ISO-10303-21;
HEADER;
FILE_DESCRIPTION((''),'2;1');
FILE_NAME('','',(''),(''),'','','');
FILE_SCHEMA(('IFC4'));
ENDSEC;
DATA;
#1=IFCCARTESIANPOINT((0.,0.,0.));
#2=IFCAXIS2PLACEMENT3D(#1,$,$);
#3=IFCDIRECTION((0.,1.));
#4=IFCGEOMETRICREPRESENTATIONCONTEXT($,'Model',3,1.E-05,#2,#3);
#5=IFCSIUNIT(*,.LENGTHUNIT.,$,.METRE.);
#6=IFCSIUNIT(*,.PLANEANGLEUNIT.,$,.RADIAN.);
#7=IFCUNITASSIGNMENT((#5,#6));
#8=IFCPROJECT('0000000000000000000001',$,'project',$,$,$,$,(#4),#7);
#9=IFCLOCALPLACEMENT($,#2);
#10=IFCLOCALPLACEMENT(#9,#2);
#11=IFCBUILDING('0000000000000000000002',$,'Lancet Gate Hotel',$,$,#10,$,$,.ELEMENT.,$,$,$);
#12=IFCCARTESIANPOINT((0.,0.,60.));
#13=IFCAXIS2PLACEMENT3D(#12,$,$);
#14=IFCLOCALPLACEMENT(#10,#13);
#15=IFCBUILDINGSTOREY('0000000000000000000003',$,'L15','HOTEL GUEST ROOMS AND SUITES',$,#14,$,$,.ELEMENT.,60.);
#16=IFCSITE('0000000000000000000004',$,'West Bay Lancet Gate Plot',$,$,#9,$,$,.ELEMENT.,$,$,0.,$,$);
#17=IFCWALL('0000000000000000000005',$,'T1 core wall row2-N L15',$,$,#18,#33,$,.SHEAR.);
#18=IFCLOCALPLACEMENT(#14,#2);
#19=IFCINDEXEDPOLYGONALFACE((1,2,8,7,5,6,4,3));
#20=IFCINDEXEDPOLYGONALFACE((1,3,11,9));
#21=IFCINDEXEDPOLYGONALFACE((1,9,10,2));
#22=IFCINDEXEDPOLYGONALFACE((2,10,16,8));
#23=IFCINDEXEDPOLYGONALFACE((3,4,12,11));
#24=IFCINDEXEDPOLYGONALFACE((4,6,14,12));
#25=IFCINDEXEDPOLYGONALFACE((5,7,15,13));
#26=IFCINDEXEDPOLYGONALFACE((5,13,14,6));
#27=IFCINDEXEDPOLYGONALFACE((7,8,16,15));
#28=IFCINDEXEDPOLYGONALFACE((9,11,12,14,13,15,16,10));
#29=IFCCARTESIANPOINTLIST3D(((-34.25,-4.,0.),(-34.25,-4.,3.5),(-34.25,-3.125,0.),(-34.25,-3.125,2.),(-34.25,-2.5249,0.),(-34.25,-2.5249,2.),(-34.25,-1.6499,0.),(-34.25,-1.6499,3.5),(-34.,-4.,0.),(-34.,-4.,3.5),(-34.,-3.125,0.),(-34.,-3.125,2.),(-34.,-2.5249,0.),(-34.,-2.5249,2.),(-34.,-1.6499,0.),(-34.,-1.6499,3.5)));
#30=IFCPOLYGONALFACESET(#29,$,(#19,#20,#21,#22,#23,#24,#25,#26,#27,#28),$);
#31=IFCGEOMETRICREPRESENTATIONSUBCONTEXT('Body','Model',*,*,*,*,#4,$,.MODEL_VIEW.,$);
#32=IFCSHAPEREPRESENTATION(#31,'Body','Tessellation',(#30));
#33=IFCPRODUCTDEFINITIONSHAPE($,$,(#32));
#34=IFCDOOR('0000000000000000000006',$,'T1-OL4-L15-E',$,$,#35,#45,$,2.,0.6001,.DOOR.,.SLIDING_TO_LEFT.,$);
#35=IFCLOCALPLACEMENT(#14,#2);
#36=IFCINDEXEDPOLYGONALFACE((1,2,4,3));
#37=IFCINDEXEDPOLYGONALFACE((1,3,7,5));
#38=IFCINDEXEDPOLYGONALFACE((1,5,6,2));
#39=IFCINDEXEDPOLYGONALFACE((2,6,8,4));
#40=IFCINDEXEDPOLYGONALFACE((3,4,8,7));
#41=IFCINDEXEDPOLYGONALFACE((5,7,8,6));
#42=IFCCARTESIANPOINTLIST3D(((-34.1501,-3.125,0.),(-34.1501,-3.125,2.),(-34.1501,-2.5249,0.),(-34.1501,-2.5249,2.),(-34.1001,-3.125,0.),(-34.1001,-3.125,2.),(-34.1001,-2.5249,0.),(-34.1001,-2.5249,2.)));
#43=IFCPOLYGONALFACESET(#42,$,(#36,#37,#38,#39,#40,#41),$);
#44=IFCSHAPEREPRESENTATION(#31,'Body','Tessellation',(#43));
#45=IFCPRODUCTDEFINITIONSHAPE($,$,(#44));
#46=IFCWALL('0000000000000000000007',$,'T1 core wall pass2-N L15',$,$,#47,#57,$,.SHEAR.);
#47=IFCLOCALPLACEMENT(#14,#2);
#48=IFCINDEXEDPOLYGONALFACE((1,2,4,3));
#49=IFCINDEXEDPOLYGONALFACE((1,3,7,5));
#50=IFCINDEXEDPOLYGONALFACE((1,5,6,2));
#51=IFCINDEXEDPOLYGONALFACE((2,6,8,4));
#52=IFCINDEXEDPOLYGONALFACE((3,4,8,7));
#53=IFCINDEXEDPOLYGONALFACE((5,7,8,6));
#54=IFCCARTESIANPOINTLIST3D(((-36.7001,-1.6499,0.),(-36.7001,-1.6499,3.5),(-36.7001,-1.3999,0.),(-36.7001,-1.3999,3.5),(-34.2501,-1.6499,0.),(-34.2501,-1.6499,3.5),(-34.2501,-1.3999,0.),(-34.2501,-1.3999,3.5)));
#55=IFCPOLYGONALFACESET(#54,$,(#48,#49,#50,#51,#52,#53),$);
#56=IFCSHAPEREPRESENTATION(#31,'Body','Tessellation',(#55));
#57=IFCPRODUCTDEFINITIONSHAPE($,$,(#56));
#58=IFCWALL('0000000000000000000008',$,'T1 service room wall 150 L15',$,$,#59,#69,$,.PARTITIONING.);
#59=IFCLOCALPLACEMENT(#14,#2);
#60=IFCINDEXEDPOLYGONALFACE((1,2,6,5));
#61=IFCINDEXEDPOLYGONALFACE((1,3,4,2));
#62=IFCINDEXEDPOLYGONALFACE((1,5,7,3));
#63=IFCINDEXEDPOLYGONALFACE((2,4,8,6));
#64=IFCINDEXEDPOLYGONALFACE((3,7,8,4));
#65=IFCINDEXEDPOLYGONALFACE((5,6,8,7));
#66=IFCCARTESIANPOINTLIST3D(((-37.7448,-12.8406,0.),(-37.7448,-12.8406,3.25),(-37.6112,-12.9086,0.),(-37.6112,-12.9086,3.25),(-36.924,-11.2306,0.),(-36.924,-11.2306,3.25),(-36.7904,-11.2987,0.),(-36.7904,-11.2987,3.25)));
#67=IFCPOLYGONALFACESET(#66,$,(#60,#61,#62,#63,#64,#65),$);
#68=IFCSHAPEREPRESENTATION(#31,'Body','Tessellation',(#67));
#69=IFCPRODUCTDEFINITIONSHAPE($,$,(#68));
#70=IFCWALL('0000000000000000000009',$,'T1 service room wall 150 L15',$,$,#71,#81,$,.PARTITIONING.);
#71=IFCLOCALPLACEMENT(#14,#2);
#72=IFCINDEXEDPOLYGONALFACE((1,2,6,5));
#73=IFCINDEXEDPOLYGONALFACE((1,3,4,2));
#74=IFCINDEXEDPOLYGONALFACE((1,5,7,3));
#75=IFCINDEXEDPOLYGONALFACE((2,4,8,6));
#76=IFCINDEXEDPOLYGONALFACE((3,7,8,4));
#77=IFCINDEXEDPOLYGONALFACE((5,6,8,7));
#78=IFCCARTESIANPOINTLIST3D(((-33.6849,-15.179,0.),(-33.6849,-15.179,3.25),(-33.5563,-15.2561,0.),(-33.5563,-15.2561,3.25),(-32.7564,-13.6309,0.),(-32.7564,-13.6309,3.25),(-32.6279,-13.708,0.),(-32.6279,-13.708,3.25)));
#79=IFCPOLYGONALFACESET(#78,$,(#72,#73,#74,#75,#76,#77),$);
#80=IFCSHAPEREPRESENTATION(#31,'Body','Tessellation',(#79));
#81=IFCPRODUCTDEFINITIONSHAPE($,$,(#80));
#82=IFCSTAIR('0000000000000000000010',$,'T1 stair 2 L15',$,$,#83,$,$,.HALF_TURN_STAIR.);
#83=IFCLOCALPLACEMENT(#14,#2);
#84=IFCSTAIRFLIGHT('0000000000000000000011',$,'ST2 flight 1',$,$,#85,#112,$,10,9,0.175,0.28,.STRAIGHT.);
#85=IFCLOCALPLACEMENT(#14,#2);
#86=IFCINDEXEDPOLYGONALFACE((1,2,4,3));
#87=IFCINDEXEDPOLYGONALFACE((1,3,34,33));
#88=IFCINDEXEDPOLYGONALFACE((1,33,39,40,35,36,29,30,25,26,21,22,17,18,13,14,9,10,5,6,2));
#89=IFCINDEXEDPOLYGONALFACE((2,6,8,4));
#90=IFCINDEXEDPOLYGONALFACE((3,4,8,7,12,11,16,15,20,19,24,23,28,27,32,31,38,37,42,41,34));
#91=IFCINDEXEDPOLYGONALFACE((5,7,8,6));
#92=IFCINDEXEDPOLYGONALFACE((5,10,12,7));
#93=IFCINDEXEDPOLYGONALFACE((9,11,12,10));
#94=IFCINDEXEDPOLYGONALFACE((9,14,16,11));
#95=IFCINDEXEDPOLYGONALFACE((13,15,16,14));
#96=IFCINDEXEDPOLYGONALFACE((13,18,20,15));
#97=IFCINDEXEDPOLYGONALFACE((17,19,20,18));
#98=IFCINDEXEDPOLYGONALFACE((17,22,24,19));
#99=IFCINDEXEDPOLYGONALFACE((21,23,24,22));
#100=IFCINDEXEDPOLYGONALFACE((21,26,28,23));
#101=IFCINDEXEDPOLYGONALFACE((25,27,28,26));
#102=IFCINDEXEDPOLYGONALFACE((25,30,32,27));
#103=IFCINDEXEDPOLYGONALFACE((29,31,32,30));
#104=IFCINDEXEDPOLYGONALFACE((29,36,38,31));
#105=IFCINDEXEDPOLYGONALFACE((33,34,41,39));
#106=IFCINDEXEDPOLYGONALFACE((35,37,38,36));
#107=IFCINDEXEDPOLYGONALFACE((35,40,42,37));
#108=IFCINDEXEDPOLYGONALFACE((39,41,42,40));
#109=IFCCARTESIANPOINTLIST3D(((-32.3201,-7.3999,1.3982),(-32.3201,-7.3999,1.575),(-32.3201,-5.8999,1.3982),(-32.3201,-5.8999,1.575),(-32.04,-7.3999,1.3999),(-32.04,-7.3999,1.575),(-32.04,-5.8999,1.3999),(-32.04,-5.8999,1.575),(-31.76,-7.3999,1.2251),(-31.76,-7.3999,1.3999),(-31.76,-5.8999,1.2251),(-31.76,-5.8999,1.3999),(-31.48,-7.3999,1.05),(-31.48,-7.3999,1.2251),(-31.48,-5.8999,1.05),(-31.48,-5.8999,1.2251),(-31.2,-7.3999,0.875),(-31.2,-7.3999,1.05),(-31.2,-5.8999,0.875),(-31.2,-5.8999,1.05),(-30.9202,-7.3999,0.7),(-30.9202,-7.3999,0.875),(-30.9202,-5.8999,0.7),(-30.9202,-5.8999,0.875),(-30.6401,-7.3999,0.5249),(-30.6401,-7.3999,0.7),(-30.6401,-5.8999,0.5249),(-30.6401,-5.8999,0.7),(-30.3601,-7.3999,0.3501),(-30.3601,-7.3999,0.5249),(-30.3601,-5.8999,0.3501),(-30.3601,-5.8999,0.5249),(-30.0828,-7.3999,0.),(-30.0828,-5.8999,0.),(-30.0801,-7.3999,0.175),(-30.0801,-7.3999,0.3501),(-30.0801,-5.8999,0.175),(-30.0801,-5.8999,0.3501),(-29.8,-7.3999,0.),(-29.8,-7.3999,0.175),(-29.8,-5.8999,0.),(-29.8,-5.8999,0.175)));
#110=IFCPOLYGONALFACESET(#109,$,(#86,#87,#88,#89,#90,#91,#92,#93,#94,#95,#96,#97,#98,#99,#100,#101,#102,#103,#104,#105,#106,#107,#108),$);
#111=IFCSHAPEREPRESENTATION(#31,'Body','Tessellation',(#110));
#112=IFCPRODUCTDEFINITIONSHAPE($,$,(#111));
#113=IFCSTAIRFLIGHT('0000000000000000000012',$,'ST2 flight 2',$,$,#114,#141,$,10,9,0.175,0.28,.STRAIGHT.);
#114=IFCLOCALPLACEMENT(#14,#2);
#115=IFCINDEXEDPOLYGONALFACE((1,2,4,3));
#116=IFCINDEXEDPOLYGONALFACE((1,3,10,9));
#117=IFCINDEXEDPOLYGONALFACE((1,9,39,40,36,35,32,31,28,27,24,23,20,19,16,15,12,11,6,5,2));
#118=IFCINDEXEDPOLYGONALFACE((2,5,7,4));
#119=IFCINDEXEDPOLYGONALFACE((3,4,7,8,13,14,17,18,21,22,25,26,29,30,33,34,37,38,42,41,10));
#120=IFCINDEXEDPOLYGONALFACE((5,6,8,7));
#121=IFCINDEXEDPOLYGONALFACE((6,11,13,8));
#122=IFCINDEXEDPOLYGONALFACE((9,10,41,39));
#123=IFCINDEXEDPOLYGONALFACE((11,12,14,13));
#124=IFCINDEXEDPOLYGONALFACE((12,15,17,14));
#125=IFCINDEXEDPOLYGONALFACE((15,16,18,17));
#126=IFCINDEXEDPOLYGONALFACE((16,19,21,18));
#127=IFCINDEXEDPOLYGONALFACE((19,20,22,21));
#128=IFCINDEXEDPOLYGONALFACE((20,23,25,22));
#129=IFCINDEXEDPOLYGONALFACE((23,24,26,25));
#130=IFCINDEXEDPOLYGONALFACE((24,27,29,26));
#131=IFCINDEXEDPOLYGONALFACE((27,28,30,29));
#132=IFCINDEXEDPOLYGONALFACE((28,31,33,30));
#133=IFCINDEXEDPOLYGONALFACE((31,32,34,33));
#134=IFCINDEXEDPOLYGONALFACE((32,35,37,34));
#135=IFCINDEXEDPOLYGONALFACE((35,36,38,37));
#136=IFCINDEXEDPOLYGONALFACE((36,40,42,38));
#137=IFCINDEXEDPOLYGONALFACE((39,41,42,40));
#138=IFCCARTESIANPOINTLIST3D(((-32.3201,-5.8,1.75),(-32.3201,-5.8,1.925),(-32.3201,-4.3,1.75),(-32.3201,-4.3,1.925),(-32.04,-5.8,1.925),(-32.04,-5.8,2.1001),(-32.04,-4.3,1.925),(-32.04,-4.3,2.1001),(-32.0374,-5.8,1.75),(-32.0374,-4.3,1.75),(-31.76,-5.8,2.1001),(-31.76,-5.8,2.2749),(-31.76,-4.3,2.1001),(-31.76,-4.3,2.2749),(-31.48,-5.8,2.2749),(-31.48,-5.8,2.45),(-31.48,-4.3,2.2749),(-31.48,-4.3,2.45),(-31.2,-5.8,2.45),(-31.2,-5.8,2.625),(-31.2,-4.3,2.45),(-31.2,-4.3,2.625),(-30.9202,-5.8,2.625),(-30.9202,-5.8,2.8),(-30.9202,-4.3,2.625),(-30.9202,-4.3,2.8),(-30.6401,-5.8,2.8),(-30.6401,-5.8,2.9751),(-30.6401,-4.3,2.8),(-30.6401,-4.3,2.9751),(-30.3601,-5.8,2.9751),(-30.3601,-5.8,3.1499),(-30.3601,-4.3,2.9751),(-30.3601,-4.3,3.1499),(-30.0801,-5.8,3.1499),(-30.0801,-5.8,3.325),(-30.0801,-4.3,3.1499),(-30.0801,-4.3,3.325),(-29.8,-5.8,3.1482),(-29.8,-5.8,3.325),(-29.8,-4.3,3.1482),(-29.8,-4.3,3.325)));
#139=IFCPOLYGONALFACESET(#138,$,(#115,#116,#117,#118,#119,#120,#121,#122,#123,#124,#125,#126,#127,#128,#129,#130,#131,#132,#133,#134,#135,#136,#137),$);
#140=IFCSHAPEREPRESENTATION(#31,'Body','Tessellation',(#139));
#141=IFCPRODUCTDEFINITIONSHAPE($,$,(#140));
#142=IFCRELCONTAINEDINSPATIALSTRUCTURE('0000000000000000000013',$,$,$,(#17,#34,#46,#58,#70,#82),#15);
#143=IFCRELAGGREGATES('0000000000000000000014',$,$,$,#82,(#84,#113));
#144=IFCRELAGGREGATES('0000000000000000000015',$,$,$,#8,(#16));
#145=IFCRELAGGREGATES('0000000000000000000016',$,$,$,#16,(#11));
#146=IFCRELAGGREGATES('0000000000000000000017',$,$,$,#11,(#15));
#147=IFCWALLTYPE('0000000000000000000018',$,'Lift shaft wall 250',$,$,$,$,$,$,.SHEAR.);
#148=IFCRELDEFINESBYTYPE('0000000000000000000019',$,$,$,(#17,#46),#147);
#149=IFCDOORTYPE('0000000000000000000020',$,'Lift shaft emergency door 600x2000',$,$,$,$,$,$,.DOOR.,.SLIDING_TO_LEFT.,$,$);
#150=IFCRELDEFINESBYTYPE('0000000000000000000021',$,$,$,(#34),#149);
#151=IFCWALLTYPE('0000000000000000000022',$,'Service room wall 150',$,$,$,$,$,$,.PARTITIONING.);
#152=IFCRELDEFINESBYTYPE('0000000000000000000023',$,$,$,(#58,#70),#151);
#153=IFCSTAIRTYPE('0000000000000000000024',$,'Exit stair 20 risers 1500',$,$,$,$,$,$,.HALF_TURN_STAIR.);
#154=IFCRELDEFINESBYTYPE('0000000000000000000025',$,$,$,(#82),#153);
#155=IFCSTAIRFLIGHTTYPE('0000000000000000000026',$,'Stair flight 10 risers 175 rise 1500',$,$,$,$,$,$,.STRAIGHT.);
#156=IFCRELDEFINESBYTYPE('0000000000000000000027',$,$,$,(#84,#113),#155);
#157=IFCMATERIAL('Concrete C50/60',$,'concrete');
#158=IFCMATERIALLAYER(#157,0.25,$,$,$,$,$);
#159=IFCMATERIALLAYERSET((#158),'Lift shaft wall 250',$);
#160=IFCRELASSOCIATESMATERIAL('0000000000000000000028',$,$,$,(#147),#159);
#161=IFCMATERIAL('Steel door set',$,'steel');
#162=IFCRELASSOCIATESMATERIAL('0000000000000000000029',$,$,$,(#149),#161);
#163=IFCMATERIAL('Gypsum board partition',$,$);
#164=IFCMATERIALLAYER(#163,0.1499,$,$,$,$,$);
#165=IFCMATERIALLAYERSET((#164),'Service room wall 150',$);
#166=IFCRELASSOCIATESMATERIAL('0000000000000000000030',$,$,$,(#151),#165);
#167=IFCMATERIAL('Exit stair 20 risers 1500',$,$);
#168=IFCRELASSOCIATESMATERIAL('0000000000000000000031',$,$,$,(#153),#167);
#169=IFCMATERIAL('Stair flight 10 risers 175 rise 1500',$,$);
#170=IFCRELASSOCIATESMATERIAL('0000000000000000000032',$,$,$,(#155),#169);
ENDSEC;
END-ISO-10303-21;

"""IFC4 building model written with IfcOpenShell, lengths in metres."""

from ifc_helpers import new_model, si_unit, direction, frame, frame_2d, origin, place, context, subcontext, project, spatial, polyline, rectangle, outline, extrude, material, layer, layer_set, type_object, element, fill, aggregate, save


model = new_model("IFC4")

# Units and contexts
model_context = context("Model", 3, precision=1e-05, world=origin(), true_north=direction((0.0, 1.0)))
body_context = subcontext(model_context, "Body", "Model", "MODEL_VIEW")
ifc_project = project(units=[si_unit("LENGTHUNIT", "METRE"), si_unit("PLANEANGLEUNIT", "RADIAN")], contexts=[model_context])

# Site, building, storey
site_placement = place(None, origin())
site = spatial("IfcSite", under=ifc_project, at=site_placement, Name="West Bay Lancet Gate Plot", CompositionType="ELEMENT", RefElevation=0.0)
building_placement = place(site_placement, origin())
building = spatial("IfcBuilding", under=site, at=building_placement, Name="Lancet Gate Hotel", CompositionType="ELEMENT")
storey_placement = place(building_placement, frame((0.0, 0.0, 60.0)))
storey = spatial("IfcBuildingStorey", under=building, at=storey_placement, Name="L15", Description="HOTEL GUEST ROOMS AND SUITES", CompositionType="ELEMENT", Elevation=60.0)

# Wall, opening, door
ifc_material_1 = material(Name="Concrete C50/60", Category="concrete")
ifc_layer_1 = layer(ifc_material_1, 0.25)
ifc_layer_set_1 = layer_set([ifc_layer_1], Name="Lift shaft wall 250")
wall_type_1 = type_object("IfcWallType", Name="Lift shaft wall 250", PredefinedType="SHEAR", material=ifc_layer_set_1)
wall_1_placement = place(storey_placement, frame((-34.125, -1.6499, 0.0), z_axis=(0.0, 0.0, 1.0), x_axis=(0.0, -1.0, 0.0)))
wall_1 = element("IfcWall", 1, at=wall_1_placement, inside=storey, type_object=wall_type_1, Name="T1 core wall row2-N L15", PredefinedType="SHEAR", context=body_context, shape_type="SweptSolid", body=[
    extrude(rectangle(XDim=2.3501, YDim=0.25, at=frame_2d((1.175, 0.0))), origin(), (0.0, 0.0, 1.0), 3.5),
])
opening_1_placement = place(wall_1_placement, frame((0.875, 0.0, 0.0)))
opening_1 = element("IfcOpeningElement", 2, at=opening_1_placement, cuts=wall_1, PredefinedType="OPENING", context=body_context, shape_type="SweptSolid", body=[
    extrude(rectangle(XDim=0.6001, YDim=2.0, at=frame_2d((0.3, 1.0))), frame((0.0, 0.135, 0.0), z_axis=(0.0, -1.0, 0.0), x_axis=(1.0, 0.0, 0.0)), (0.0, 0.0, 1.0), 0.27),
])
ifc_material_2 = material(Name="Steel door set", Category="steel")
door_type_1 = type_object("IfcDoorType", Name="Lift shaft emergency door 600x2000", OperationType="SLIDING_TO_LEFT", PredefinedType="DOOR", material=ifc_material_2)
door_1_placement = place(opening_1_placement, origin())
door_1 = element("IfcDoor", 3, at=door_1_placement, inside=storey, type_object=door_type_1, Name="T1-OL4-L15-E", OperationType="SLIDING_TO_LEFT", OverallHeight=2.0, OverallWidth=0.6001, PredefinedType="DOOR", context=body_context, shape_type="SweptSolid", body=[
    extrude(rectangle(XDim=0.6001, YDim=2.0, at=frame_2d((0.3, 1.0))), frame((0.0, 0.0249, 0.0), z_axis=(0.0, -1.0, 0.0), x_axis=(1.0, 0.0, 0.0)), (0.0, 0.0, 1.0), 0.05),
])
fill(opening_1, door_1)

# Walls
wall_2_placement = place(storey_placement, frame((-34.25, -1.5249, 0.0), z_axis=(0.0, 0.0, 1.0), x_axis=(-1.0, 0.0, 0.0)))
element("IfcWall", 4, at=wall_2_placement, inside=storey, type_object=wall_type_1, Name="T1 core wall pass2-N L15", PredefinedType="SHEAR", context=body_context, shape_type="SweptSolid", body=[
    extrude(rectangle(XDim=2.45, YDim=0.25, at=frame_2d((1.2251, 0.0))), origin(), (0.0, 0.0, 1.0), 3.5),
])
ifc_material_3 = material(Name="Gypsum board partition")
ifc_layer_2 = layer(ifc_material_3, 0.1499)
ifc_layer_set_2 = layer_set([ifc_layer_2], Name="Service room wall 150")
wall_type_2 = type_object("IfcWallType", Name="Service room wall 150", PredefinedType="PARTITIONING", material=ifc_layer_set_2)
wall_3_placement = place(storey_placement, frame((-36.8572, -11.2646, 0.0), z_axis=(0.0, 0.0, 1.0), x_axis=(-0.454225, -0.890887, 0.0)))
element("IfcWall", 5, at=wall_3_placement, inside=storey, type_object=wall_type_2, Name="T1 service room wall 150 L15", PredefinedType="PARTITIONING", context=body_context, shape_type="SweptSolid", body=[
    extrude(rectangle(XDim=1.8071, YDim=0.1499, at=frame_2d((0.9036, 0.0))), origin(), (0.0, 0.0, 1.0), 3.25),
])
wall_4_placement = place(storey_placement, frame((-33.6206, -15.2175, 0.0), z_axis=(0.0, 0.0, 1.0), x_axis=(0.514337, 0.857588, 0.0)))
element("IfcWall", 6, at=wall_4_placement, inside=storey, type_object=wall_type_2, Name="T1 service room wall 150 L15", PredefinedType="PARTITIONING", context=body_context, shape_type="SweptSolid", body=[
    extrude(rectangle(XDim=1.8052, YDim=0.1499, at=frame_2d((0.9026, 0.0))), origin(), (0.0, 0.0, 1.0), 3.25),
])

# Stair, stair flights
ifc_material_4 = material(Name="Exit stair 20 risers 1500")
stair_type = type_object("IfcStairType", Name="Exit stair 20 risers 1500", PredefinedType="HALF_TURN_STAIR", material=ifc_material_4)
stair_placement = place(storey_placement, origin())
stair = element("IfcStair", 7, at=stair_placement, inside=storey, type_object=stair_type, Name="T1 stair 2 L15", PredefinedType="HALF_TURN_STAIR")
ifc_material_5 = material(Name="Stair flight 10 risers 175 rise 1500")
stair_flight_type = type_object("IfcStairFlightType", Name="Stair flight 10 risers 175 rise 1500", PredefinedType="STRAIGHT", material=ifc_material_5)
stair_flight_1_placement = place(storey_placement, frame((-29.8, -6.6499, 0.0), z_axis=(0.0, 0.0, 1.0), x_axis=(-1.0, 0.0, 0.0)))
stair_flight_1 = element("IfcStairFlight", 8, at=stair_flight_1_placement, type_object=stair_flight_type, Name="ST2 flight 1", NumberOfRisers=10, NumberOfTreads=9, PredefinedType="STRAIGHT", RiserHeight=0.175, TreadLength=0.28, context=body_context, shape_type="SweptSolid", body=[
    extrude(outline(polyline([(0.0, 0.0), (0.0, 0.175), (0.28, 0.175), (0.28, 0.3501), (0.5601, 0.3501), (0.5601, 0.5249), (0.8401, 0.5249), (0.8401, 0.7), (1.1201, 0.7), (1.1201, 0.875), (1.3999, 0.875), (1.3999, 1.05), (1.6799, 1.05), (1.6799, 1.2251), (1.96, 1.2251), (1.96, 1.3999), (2.24, 1.3999), (2.24, 1.575), (2.52, 1.575), (2.52, 1.75), (2.52, 1.3982), (0.2827, 0.0), (0.0, 0.0)])), frame((0.0, 0.75, 0.0), z_axis=(0.0, -1.0, 0.0), x_axis=(1.0, 0.0, 0.0)), (0.0, 0.0, 1.0), 1.5),
])
stair_flight_2_placement = place(storey_placement, frame((-32.3201, -5.05, 1.75), z_axis=(0.0, 0.0, 1.0), x_axis=(1.0, 0.0, 0.0)))
stair_flight_2 = element("IfcStairFlight", 9, at=stair_flight_2_placement, type_object=stair_flight_type, Name="ST2 flight 2", NumberOfRisers=10, NumberOfTreads=9, PredefinedType="STRAIGHT", RiserHeight=0.175, TreadLength=0.28, context=body_context, shape_type="SweptSolid", body=[
    extrude(outline(polyline([(0.0, 0.0), (0.0, 0.175), (0.28, 0.175), (0.28, 0.3501), (0.5601, 0.3501), (0.5601, 0.5249), (0.8401, 0.5249), (0.8401, 0.7), (1.1201, 0.7), (1.1201, 0.875), (1.3999, 0.875), (1.3999, 1.05), (1.6799, 1.05), (1.6799, 1.2251), (1.96, 1.2251), (1.96, 1.3999), (2.24, 1.3999), (2.24, 1.575), (2.52, 1.575), (2.52, 1.75), (2.52, 1.3982), (0.2827, 0.0), (0.0, 0.0)])), frame((0.0, 0.75, 0.0), z_axis=(0.0, -1.0, 0.0), x_axis=(1.0, 0.0, 0.0)), (0.0, 0.0, 1.0), 1.5),
])
aggregate(stair, [stair_flight_1, stair_flight_2])

save(model, "model.ifc")
